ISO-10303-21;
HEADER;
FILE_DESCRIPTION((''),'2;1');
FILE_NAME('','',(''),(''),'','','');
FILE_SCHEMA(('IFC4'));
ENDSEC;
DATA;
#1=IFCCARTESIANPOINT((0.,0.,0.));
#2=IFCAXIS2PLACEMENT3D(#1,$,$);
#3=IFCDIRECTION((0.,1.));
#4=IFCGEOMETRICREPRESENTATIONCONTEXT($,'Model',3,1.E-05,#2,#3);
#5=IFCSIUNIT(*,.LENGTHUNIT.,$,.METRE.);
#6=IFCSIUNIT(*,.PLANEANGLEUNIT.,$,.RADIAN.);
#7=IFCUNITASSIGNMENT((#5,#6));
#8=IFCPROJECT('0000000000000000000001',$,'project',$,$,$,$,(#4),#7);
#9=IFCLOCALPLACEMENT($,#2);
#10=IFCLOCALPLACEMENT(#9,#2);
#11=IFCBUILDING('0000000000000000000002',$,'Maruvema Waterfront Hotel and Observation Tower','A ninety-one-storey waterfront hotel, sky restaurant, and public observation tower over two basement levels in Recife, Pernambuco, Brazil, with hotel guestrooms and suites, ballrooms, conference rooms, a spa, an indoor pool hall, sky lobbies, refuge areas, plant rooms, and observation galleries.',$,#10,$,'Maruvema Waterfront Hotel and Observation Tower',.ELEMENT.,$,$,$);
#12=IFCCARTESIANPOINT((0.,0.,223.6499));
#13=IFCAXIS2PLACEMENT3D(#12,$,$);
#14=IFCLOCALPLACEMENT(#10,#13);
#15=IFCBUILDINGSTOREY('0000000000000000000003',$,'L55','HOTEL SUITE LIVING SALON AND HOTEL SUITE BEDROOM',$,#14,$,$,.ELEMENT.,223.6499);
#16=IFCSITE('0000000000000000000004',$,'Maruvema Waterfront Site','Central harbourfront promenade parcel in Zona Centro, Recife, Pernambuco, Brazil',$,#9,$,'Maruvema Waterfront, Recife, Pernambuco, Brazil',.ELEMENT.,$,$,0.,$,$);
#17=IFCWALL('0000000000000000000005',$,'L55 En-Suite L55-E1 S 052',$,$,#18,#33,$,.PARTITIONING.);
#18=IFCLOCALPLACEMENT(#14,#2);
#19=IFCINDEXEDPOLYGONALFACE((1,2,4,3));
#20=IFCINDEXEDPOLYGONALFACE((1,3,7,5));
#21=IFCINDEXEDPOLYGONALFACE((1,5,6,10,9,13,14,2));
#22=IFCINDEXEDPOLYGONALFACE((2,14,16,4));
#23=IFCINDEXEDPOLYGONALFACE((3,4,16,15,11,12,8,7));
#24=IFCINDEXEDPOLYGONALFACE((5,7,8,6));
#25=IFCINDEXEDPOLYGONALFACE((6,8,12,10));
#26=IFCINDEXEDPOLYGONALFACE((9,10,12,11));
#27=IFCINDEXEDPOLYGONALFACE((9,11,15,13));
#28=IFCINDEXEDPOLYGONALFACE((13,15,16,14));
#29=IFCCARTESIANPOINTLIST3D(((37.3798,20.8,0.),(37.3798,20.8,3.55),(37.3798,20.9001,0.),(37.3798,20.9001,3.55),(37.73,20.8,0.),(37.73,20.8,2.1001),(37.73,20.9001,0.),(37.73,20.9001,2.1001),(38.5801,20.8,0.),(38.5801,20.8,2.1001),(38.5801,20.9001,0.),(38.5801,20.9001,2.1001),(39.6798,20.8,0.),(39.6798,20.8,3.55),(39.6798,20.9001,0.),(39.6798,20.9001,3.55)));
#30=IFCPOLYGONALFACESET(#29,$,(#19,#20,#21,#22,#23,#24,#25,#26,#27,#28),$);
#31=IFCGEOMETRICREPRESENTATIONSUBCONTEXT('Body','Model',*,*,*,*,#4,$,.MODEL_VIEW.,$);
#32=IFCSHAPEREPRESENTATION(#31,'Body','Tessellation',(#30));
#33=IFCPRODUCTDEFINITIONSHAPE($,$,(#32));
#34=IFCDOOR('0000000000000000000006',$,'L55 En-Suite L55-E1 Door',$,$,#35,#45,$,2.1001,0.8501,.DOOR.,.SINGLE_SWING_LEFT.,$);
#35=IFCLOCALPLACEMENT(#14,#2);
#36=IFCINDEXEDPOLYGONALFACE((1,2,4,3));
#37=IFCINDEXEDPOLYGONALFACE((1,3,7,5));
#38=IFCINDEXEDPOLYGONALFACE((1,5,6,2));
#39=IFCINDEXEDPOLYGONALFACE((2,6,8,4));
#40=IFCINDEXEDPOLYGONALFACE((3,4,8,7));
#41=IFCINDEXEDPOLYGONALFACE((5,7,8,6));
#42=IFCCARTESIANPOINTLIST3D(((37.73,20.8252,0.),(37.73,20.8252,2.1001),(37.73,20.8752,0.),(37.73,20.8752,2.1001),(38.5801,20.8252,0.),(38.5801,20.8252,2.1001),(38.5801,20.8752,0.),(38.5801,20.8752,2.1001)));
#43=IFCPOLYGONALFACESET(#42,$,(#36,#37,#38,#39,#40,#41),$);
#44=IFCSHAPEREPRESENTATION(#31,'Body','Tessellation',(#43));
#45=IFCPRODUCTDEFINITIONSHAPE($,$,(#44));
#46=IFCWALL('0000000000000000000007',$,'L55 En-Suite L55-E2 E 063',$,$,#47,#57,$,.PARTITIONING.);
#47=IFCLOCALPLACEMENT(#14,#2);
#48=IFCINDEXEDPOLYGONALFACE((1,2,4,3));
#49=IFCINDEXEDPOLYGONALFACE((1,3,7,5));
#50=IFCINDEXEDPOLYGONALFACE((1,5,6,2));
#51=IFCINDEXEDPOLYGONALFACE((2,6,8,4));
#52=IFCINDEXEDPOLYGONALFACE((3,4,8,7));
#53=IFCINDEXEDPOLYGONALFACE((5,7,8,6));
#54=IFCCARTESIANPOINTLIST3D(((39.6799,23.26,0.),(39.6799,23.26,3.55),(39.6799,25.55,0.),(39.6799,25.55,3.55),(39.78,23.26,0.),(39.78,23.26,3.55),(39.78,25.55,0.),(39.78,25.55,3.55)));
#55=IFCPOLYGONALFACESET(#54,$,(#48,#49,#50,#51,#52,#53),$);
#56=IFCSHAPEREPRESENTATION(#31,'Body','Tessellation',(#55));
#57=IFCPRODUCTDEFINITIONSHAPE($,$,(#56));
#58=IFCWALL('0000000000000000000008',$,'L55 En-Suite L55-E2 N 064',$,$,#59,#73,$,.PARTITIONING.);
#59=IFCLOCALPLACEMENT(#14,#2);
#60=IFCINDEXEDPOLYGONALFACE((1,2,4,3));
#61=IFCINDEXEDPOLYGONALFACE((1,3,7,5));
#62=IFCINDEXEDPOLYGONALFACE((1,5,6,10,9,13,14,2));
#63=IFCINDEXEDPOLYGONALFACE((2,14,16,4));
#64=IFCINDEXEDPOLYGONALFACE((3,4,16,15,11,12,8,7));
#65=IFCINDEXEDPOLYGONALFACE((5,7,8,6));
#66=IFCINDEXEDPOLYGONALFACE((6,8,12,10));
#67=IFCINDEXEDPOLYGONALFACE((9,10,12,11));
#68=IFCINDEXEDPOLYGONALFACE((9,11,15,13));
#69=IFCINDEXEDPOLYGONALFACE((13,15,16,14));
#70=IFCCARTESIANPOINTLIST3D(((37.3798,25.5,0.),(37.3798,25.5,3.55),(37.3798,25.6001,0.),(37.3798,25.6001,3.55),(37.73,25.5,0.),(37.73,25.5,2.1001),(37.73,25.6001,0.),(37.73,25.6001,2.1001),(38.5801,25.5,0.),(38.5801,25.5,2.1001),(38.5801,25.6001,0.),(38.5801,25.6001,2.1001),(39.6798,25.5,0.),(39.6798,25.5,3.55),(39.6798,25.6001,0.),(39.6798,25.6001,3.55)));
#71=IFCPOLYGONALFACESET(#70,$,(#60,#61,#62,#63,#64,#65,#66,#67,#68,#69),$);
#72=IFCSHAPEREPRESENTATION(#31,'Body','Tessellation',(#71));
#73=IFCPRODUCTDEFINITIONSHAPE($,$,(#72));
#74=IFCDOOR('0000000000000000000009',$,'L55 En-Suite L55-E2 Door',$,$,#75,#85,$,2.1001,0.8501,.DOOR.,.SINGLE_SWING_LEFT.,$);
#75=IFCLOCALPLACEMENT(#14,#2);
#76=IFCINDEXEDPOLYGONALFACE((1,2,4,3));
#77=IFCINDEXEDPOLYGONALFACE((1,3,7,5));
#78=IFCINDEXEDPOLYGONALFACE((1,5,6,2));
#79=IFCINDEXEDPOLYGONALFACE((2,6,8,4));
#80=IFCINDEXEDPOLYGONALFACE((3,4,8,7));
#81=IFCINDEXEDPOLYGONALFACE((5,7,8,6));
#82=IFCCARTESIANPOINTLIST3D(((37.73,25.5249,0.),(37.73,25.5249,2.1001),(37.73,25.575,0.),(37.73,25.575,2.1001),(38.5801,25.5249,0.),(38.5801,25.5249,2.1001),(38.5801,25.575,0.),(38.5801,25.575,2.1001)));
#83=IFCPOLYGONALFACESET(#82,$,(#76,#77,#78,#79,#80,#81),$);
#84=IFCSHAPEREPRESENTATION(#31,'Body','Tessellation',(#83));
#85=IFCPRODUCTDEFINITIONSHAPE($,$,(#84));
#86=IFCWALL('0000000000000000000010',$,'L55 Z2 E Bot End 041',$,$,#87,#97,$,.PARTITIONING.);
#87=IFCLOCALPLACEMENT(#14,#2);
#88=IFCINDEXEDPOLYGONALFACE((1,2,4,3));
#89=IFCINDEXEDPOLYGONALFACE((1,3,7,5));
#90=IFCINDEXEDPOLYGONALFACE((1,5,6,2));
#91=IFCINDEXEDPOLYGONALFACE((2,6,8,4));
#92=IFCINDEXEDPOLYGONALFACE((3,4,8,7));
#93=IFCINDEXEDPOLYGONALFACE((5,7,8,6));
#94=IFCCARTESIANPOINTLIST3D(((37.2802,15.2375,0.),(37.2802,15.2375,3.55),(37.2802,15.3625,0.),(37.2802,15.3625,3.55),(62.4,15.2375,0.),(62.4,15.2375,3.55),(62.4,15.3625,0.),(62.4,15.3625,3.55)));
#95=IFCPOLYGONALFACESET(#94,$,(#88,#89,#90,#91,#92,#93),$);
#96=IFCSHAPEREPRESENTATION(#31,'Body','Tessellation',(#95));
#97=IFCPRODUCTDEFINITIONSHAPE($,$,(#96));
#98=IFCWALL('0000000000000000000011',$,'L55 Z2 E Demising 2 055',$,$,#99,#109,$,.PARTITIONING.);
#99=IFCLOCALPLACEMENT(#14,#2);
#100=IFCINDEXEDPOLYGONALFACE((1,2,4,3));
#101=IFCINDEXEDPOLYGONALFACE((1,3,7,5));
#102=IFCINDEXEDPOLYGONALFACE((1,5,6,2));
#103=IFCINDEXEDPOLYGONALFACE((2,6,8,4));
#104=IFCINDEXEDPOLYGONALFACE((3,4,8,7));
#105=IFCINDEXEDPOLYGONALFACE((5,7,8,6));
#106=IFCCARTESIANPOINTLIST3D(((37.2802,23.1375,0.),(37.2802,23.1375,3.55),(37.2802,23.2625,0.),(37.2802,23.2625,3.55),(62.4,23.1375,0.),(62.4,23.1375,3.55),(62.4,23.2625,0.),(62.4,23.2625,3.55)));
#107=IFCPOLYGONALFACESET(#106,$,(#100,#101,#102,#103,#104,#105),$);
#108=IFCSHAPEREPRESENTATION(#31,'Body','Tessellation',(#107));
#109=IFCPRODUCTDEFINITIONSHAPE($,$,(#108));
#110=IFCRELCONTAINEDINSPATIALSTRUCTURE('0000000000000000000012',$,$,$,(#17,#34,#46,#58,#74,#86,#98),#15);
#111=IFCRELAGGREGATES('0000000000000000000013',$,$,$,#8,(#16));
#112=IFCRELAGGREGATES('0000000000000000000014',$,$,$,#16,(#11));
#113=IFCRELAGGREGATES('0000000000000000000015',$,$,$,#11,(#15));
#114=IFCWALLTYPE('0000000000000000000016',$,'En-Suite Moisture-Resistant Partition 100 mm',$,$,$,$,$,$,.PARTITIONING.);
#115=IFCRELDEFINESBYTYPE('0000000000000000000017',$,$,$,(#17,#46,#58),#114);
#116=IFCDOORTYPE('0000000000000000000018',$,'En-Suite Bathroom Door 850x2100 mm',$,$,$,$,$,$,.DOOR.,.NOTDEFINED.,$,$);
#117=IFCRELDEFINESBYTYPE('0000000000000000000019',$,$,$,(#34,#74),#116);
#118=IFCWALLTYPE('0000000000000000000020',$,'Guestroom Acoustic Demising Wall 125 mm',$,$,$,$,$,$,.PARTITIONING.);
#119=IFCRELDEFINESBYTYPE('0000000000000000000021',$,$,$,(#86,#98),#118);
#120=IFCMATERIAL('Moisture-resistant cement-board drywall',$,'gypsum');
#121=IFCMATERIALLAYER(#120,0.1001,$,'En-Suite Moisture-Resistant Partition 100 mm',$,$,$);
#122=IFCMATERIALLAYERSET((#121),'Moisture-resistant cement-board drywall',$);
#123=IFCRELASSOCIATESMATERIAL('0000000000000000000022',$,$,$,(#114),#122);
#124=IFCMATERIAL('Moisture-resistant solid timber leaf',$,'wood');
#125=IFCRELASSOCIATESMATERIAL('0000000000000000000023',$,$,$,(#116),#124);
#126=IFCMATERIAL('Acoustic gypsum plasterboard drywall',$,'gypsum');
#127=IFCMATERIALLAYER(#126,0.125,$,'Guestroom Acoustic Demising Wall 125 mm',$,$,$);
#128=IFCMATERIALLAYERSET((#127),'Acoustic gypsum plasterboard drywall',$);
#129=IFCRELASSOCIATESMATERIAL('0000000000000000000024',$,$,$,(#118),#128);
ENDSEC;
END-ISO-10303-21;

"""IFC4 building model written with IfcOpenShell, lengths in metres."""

from ifc_helpers import new_model, si_unit, direction, frame, frame_2d, origin, place, context, subcontext, project, spatial, rectangle, extrude, material, layer, layer_set, type_object, element, fill, save


model = new_model("IFC4")

# Units and contexts
model_context = context("Model", 3, precision=1e-05, world=origin(), true_north=direction((0.0, 1.0)))
body_context = subcontext(model_context, "Body", "Model", "MODEL_VIEW")
ifc_project = project(units=[si_unit("LENGTHUNIT", "METRE"), si_unit("PLANEANGLEUNIT", "RADIAN")], contexts=[model_context])

# Site, building, storey
site_placement = place(None, origin())
site = spatial("IfcSite", under=ifc_project, at=site_placement, Name="Maruvema Waterfront Site", Description="Central harbourfront promenade parcel in Zona Centro, Recife, Pernambuco, Brazil", LongName="Maruvema Waterfront, Recife, Pernambuco, Brazil", CompositionType="ELEMENT", RefElevation=0.0)
building_placement = place(site_placement, origin())
building = spatial("IfcBuilding", under=site, at=building_placement, Name="Maruvema Waterfront Hotel and Observation Tower", Description="A ninety-one-storey waterfront hotel, sky restaurant, and public observation tower over two basement levels in Recife, Pernambuco, Brazil, with hotel guestrooms and suites, ballrooms, conference rooms, a spa, an indoor pool hall, sky lobbies, refuge areas, plant rooms, and observation galleries.", LongName="Maruvema Waterfront Hotel and Observation Tower", CompositionType="ELEMENT")
storey_placement = place(building_placement, frame((0.0, 0.0, 223.6499)))
storey = spatial("IfcBuildingStorey", under=building, at=storey_placement, Name="L55", Description="HOTEL SUITE LIVING SALON AND HOTEL SUITE BEDROOM", CompositionType="ELEMENT", Elevation=223.6499)

# Shared definitions
ifc_material_1 = material(Name="Moisture-resistant cement-board drywall", Category="gypsum")
ifc_layer_1 = layer(ifc_material_1, 0.1001, Name="En-Suite Moisture-Resistant Partition 100 mm")
ifc_layer_set_1 = layer_set([ifc_layer_1], Name="Moisture-resistant cement-board drywall")
wall_type_1 = type_object("IfcWallType", Name="En-Suite Moisture-Resistant Partition 100 mm", PredefinedType="PARTITIONING", material=ifc_layer_set_1)

# Wall, opening, door
wall_1_placement = place(storey_placement, frame((37.3799, 20.8501, 0.0), z_axis=(0.0, 0.0, 1.0), x_axis=(1.0, 0.0, 0.0)))
wall_1 = element("IfcWall", 1, at=wall_1_placement, inside=storey, type_object=wall_type_1, Name="L55 En-Suite L55-E1 S 052", PredefinedType="PARTITIONING", context=body_context, shape_type="SweptSolid", body=[
    extrude(rectangle(XDim=2.3, YDim=0.1001, at=frame_2d((1.1499, 0.0))), origin(), (0.0, 0.0, 1.0), 3.55),
])
opening_1_placement = place(wall_1_placement, frame((0.3501, 0.0, 0.0)))
opening_1 = element("IfcOpeningElement", 2, at=opening_1_placement, cuts=wall_1, PredefinedType="OPENING", context=body_context, shape_type="SweptSolid", body=[
    extrude(rectangle(XDim=0.8501, YDim=2.1001, at=frame_2d((0.425, 1.05))), frame((0.0, 0.0601, 0.0), z_axis=(0.0, -1.0, 0.0), x_axis=(1.0, 0.0, 0.0)), (0.0, 0.0, 1.0), 0.1201),
])
ifc_material_2 = material(Name="Moisture-resistant solid timber leaf", Category="wood")
door_type_1 = type_object("IfcDoorType", Name="En-Suite Bathroom Door 850x2100 mm", OperationType="NOTDEFINED", PredefinedType="DOOR", material=ifc_material_2)
door_1_placement = place(opening_1_placement, frame((0.8501, 0.0, 0.0), z_axis=(0.0, 0.0, 1.0), x_axis=(-1.0, 0.0, 0.0)))
door_1 = element("IfcDoor", 3, at=door_1_placement, inside=storey, type_object=door_type_1, Name="L55 En-Suite L55-E1 Door", OperationType="SINGLE_SWING_LEFT", OverallHeight=2.1001, OverallWidth=0.8501, PredefinedType="DOOR", context=body_context, shape_type="SweptSolid", body=[
    extrude(rectangle(XDim=0.8501, YDim=2.1001, at=frame_2d((0.425, 1.05))), frame((0.0, 0.0249, 0.0), z_axis=(0.0, -1.0, 0.0), x_axis=(1.0, 0.0, 0.0)), (0.0, 0.0, 1.0), 0.05),
])
fill(opening_1, door_1)

# Wall
wall_2_placement = place(storey_placement, frame((39.73, 23.26, 0.0), z_axis=(0.0, 0.0, 1.0), x_axis=(0.0, 1.0, 0.0)))
element("IfcWall", 4, at=wall_2_placement, inside=storey, type_object=wall_type_1, Name="L55 En-Suite L55-E2 E 063", PredefinedType="PARTITIONING", context=body_context, shape_type="SweptSolid", body=[
    extrude(rectangle(XDim=2.29, YDim=0.1001, at=frame_2d((1.145, 0.0))), origin(), (0.0, 0.0, 1.0), 3.55),
])

# Wall, opening, door
wall_3_placement = place(storey_placement, frame((37.3799, 25.55, 0.0), z_axis=(0.0, 0.0, 1.0), x_axis=(1.0, 0.0, 0.0)))
wall_3 = element("IfcWall", 5, at=wall_3_placement, inside=storey, type_object=wall_type_1, Name="L55 En-Suite L55-E2 N 064", PredefinedType="PARTITIONING", context=body_context, shape_type="SweptSolid", body=[
    extrude(rectangle(XDim=2.3, YDim=0.1001, at=frame_2d((1.1499, 0.0))), origin(), (0.0, 0.0, 1.0), 3.55),
])
opening_2_placement = place(wall_3_placement, frame((0.3501, 0.0, 0.0)))
opening_2 = element("IfcOpeningElement", 6, at=opening_2_placement, cuts=wall_3, PredefinedType="OPENING", context=body_context, shape_type="SweptSolid", body=[
    extrude(rectangle(XDim=0.8501, YDim=2.1001, at=frame_2d((0.425, 1.05))), frame((0.0, 0.0601, 0.0), z_axis=(0.0, -1.0, 0.0), x_axis=(1.0, 0.0, 0.0)), (0.0, 0.0, 1.0), 0.1201),
])
door_2_placement = place(opening_2_placement, origin())
door_2 = element("IfcDoor", 7, at=door_2_placement, inside=storey, type_object=door_type_1, Name="L55 En-Suite L55-E2 Door", OperationType="SINGLE_SWING_LEFT", OverallHeight=2.1001, OverallWidth=0.8501, PredefinedType="DOOR", context=body_context, shape_type="SweptSolid", body=[
    extrude(rectangle(XDim=0.8501, YDim=2.1001, at=frame_2d((0.425, 1.05))), frame((0.0, 0.0249, 0.0), z_axis=(0.0, -1.0, 0.0), x_axis=(1.0, 0.0, 0.0)), (0.0, 0.0, 1.0), 0.05),
])
fill(opening_2, door_2)

# Walls
ifc_material_3 = material(Name="Acoustic gypsum plasterboard drywall", Category="gypsum")
ifc_layer_2 = layer(ifc_material_3, 0.125, Name="Guestroom Acoustic Demising Wall 125 mm")
ifc_layer_set_2 = layer_set([ifc_layer_2], Name="Acoustic gypsum plasterboard drywall")
wall_type_2 = type_object("IfcWallType", Name="Guestroom Acoustic Demising Wall 125 mm", PredefinedType="PARTITIONING", material=ifc_layer_set_2)
for number, where, z_axis, x_axis, name in (
    (8, (37.28, 15.3, 0.0), (0.0, 0.0, 1.0), (1.0, 0.0, 0.0), "L55 Z2 E Bot End 041"),
    (9, (37.28, 23.2, 0.0), (0.0, 0.0, 1.0), (1.0, 0.0, 0.0), "L55 Z2 E Demising 2 055"),
):
    element("IfcWall", number, at=place(storey_placement, frame(where, z_axis=z_axis, x_axis=x_axis)), inside=storey, type_object=wall_type_2, Name=name, PredefinedType="PARTITIONING", context=body_context, shape_type="SweptSolid", body=[
        extrude(rectangle(XDim=25.1199, YDim=0.125, at=frame_2d((12.5601, 0.0))), origin(), (0.0, 0.0, 1.0), 3.55),
    ])

save(model, "model.ifc")
